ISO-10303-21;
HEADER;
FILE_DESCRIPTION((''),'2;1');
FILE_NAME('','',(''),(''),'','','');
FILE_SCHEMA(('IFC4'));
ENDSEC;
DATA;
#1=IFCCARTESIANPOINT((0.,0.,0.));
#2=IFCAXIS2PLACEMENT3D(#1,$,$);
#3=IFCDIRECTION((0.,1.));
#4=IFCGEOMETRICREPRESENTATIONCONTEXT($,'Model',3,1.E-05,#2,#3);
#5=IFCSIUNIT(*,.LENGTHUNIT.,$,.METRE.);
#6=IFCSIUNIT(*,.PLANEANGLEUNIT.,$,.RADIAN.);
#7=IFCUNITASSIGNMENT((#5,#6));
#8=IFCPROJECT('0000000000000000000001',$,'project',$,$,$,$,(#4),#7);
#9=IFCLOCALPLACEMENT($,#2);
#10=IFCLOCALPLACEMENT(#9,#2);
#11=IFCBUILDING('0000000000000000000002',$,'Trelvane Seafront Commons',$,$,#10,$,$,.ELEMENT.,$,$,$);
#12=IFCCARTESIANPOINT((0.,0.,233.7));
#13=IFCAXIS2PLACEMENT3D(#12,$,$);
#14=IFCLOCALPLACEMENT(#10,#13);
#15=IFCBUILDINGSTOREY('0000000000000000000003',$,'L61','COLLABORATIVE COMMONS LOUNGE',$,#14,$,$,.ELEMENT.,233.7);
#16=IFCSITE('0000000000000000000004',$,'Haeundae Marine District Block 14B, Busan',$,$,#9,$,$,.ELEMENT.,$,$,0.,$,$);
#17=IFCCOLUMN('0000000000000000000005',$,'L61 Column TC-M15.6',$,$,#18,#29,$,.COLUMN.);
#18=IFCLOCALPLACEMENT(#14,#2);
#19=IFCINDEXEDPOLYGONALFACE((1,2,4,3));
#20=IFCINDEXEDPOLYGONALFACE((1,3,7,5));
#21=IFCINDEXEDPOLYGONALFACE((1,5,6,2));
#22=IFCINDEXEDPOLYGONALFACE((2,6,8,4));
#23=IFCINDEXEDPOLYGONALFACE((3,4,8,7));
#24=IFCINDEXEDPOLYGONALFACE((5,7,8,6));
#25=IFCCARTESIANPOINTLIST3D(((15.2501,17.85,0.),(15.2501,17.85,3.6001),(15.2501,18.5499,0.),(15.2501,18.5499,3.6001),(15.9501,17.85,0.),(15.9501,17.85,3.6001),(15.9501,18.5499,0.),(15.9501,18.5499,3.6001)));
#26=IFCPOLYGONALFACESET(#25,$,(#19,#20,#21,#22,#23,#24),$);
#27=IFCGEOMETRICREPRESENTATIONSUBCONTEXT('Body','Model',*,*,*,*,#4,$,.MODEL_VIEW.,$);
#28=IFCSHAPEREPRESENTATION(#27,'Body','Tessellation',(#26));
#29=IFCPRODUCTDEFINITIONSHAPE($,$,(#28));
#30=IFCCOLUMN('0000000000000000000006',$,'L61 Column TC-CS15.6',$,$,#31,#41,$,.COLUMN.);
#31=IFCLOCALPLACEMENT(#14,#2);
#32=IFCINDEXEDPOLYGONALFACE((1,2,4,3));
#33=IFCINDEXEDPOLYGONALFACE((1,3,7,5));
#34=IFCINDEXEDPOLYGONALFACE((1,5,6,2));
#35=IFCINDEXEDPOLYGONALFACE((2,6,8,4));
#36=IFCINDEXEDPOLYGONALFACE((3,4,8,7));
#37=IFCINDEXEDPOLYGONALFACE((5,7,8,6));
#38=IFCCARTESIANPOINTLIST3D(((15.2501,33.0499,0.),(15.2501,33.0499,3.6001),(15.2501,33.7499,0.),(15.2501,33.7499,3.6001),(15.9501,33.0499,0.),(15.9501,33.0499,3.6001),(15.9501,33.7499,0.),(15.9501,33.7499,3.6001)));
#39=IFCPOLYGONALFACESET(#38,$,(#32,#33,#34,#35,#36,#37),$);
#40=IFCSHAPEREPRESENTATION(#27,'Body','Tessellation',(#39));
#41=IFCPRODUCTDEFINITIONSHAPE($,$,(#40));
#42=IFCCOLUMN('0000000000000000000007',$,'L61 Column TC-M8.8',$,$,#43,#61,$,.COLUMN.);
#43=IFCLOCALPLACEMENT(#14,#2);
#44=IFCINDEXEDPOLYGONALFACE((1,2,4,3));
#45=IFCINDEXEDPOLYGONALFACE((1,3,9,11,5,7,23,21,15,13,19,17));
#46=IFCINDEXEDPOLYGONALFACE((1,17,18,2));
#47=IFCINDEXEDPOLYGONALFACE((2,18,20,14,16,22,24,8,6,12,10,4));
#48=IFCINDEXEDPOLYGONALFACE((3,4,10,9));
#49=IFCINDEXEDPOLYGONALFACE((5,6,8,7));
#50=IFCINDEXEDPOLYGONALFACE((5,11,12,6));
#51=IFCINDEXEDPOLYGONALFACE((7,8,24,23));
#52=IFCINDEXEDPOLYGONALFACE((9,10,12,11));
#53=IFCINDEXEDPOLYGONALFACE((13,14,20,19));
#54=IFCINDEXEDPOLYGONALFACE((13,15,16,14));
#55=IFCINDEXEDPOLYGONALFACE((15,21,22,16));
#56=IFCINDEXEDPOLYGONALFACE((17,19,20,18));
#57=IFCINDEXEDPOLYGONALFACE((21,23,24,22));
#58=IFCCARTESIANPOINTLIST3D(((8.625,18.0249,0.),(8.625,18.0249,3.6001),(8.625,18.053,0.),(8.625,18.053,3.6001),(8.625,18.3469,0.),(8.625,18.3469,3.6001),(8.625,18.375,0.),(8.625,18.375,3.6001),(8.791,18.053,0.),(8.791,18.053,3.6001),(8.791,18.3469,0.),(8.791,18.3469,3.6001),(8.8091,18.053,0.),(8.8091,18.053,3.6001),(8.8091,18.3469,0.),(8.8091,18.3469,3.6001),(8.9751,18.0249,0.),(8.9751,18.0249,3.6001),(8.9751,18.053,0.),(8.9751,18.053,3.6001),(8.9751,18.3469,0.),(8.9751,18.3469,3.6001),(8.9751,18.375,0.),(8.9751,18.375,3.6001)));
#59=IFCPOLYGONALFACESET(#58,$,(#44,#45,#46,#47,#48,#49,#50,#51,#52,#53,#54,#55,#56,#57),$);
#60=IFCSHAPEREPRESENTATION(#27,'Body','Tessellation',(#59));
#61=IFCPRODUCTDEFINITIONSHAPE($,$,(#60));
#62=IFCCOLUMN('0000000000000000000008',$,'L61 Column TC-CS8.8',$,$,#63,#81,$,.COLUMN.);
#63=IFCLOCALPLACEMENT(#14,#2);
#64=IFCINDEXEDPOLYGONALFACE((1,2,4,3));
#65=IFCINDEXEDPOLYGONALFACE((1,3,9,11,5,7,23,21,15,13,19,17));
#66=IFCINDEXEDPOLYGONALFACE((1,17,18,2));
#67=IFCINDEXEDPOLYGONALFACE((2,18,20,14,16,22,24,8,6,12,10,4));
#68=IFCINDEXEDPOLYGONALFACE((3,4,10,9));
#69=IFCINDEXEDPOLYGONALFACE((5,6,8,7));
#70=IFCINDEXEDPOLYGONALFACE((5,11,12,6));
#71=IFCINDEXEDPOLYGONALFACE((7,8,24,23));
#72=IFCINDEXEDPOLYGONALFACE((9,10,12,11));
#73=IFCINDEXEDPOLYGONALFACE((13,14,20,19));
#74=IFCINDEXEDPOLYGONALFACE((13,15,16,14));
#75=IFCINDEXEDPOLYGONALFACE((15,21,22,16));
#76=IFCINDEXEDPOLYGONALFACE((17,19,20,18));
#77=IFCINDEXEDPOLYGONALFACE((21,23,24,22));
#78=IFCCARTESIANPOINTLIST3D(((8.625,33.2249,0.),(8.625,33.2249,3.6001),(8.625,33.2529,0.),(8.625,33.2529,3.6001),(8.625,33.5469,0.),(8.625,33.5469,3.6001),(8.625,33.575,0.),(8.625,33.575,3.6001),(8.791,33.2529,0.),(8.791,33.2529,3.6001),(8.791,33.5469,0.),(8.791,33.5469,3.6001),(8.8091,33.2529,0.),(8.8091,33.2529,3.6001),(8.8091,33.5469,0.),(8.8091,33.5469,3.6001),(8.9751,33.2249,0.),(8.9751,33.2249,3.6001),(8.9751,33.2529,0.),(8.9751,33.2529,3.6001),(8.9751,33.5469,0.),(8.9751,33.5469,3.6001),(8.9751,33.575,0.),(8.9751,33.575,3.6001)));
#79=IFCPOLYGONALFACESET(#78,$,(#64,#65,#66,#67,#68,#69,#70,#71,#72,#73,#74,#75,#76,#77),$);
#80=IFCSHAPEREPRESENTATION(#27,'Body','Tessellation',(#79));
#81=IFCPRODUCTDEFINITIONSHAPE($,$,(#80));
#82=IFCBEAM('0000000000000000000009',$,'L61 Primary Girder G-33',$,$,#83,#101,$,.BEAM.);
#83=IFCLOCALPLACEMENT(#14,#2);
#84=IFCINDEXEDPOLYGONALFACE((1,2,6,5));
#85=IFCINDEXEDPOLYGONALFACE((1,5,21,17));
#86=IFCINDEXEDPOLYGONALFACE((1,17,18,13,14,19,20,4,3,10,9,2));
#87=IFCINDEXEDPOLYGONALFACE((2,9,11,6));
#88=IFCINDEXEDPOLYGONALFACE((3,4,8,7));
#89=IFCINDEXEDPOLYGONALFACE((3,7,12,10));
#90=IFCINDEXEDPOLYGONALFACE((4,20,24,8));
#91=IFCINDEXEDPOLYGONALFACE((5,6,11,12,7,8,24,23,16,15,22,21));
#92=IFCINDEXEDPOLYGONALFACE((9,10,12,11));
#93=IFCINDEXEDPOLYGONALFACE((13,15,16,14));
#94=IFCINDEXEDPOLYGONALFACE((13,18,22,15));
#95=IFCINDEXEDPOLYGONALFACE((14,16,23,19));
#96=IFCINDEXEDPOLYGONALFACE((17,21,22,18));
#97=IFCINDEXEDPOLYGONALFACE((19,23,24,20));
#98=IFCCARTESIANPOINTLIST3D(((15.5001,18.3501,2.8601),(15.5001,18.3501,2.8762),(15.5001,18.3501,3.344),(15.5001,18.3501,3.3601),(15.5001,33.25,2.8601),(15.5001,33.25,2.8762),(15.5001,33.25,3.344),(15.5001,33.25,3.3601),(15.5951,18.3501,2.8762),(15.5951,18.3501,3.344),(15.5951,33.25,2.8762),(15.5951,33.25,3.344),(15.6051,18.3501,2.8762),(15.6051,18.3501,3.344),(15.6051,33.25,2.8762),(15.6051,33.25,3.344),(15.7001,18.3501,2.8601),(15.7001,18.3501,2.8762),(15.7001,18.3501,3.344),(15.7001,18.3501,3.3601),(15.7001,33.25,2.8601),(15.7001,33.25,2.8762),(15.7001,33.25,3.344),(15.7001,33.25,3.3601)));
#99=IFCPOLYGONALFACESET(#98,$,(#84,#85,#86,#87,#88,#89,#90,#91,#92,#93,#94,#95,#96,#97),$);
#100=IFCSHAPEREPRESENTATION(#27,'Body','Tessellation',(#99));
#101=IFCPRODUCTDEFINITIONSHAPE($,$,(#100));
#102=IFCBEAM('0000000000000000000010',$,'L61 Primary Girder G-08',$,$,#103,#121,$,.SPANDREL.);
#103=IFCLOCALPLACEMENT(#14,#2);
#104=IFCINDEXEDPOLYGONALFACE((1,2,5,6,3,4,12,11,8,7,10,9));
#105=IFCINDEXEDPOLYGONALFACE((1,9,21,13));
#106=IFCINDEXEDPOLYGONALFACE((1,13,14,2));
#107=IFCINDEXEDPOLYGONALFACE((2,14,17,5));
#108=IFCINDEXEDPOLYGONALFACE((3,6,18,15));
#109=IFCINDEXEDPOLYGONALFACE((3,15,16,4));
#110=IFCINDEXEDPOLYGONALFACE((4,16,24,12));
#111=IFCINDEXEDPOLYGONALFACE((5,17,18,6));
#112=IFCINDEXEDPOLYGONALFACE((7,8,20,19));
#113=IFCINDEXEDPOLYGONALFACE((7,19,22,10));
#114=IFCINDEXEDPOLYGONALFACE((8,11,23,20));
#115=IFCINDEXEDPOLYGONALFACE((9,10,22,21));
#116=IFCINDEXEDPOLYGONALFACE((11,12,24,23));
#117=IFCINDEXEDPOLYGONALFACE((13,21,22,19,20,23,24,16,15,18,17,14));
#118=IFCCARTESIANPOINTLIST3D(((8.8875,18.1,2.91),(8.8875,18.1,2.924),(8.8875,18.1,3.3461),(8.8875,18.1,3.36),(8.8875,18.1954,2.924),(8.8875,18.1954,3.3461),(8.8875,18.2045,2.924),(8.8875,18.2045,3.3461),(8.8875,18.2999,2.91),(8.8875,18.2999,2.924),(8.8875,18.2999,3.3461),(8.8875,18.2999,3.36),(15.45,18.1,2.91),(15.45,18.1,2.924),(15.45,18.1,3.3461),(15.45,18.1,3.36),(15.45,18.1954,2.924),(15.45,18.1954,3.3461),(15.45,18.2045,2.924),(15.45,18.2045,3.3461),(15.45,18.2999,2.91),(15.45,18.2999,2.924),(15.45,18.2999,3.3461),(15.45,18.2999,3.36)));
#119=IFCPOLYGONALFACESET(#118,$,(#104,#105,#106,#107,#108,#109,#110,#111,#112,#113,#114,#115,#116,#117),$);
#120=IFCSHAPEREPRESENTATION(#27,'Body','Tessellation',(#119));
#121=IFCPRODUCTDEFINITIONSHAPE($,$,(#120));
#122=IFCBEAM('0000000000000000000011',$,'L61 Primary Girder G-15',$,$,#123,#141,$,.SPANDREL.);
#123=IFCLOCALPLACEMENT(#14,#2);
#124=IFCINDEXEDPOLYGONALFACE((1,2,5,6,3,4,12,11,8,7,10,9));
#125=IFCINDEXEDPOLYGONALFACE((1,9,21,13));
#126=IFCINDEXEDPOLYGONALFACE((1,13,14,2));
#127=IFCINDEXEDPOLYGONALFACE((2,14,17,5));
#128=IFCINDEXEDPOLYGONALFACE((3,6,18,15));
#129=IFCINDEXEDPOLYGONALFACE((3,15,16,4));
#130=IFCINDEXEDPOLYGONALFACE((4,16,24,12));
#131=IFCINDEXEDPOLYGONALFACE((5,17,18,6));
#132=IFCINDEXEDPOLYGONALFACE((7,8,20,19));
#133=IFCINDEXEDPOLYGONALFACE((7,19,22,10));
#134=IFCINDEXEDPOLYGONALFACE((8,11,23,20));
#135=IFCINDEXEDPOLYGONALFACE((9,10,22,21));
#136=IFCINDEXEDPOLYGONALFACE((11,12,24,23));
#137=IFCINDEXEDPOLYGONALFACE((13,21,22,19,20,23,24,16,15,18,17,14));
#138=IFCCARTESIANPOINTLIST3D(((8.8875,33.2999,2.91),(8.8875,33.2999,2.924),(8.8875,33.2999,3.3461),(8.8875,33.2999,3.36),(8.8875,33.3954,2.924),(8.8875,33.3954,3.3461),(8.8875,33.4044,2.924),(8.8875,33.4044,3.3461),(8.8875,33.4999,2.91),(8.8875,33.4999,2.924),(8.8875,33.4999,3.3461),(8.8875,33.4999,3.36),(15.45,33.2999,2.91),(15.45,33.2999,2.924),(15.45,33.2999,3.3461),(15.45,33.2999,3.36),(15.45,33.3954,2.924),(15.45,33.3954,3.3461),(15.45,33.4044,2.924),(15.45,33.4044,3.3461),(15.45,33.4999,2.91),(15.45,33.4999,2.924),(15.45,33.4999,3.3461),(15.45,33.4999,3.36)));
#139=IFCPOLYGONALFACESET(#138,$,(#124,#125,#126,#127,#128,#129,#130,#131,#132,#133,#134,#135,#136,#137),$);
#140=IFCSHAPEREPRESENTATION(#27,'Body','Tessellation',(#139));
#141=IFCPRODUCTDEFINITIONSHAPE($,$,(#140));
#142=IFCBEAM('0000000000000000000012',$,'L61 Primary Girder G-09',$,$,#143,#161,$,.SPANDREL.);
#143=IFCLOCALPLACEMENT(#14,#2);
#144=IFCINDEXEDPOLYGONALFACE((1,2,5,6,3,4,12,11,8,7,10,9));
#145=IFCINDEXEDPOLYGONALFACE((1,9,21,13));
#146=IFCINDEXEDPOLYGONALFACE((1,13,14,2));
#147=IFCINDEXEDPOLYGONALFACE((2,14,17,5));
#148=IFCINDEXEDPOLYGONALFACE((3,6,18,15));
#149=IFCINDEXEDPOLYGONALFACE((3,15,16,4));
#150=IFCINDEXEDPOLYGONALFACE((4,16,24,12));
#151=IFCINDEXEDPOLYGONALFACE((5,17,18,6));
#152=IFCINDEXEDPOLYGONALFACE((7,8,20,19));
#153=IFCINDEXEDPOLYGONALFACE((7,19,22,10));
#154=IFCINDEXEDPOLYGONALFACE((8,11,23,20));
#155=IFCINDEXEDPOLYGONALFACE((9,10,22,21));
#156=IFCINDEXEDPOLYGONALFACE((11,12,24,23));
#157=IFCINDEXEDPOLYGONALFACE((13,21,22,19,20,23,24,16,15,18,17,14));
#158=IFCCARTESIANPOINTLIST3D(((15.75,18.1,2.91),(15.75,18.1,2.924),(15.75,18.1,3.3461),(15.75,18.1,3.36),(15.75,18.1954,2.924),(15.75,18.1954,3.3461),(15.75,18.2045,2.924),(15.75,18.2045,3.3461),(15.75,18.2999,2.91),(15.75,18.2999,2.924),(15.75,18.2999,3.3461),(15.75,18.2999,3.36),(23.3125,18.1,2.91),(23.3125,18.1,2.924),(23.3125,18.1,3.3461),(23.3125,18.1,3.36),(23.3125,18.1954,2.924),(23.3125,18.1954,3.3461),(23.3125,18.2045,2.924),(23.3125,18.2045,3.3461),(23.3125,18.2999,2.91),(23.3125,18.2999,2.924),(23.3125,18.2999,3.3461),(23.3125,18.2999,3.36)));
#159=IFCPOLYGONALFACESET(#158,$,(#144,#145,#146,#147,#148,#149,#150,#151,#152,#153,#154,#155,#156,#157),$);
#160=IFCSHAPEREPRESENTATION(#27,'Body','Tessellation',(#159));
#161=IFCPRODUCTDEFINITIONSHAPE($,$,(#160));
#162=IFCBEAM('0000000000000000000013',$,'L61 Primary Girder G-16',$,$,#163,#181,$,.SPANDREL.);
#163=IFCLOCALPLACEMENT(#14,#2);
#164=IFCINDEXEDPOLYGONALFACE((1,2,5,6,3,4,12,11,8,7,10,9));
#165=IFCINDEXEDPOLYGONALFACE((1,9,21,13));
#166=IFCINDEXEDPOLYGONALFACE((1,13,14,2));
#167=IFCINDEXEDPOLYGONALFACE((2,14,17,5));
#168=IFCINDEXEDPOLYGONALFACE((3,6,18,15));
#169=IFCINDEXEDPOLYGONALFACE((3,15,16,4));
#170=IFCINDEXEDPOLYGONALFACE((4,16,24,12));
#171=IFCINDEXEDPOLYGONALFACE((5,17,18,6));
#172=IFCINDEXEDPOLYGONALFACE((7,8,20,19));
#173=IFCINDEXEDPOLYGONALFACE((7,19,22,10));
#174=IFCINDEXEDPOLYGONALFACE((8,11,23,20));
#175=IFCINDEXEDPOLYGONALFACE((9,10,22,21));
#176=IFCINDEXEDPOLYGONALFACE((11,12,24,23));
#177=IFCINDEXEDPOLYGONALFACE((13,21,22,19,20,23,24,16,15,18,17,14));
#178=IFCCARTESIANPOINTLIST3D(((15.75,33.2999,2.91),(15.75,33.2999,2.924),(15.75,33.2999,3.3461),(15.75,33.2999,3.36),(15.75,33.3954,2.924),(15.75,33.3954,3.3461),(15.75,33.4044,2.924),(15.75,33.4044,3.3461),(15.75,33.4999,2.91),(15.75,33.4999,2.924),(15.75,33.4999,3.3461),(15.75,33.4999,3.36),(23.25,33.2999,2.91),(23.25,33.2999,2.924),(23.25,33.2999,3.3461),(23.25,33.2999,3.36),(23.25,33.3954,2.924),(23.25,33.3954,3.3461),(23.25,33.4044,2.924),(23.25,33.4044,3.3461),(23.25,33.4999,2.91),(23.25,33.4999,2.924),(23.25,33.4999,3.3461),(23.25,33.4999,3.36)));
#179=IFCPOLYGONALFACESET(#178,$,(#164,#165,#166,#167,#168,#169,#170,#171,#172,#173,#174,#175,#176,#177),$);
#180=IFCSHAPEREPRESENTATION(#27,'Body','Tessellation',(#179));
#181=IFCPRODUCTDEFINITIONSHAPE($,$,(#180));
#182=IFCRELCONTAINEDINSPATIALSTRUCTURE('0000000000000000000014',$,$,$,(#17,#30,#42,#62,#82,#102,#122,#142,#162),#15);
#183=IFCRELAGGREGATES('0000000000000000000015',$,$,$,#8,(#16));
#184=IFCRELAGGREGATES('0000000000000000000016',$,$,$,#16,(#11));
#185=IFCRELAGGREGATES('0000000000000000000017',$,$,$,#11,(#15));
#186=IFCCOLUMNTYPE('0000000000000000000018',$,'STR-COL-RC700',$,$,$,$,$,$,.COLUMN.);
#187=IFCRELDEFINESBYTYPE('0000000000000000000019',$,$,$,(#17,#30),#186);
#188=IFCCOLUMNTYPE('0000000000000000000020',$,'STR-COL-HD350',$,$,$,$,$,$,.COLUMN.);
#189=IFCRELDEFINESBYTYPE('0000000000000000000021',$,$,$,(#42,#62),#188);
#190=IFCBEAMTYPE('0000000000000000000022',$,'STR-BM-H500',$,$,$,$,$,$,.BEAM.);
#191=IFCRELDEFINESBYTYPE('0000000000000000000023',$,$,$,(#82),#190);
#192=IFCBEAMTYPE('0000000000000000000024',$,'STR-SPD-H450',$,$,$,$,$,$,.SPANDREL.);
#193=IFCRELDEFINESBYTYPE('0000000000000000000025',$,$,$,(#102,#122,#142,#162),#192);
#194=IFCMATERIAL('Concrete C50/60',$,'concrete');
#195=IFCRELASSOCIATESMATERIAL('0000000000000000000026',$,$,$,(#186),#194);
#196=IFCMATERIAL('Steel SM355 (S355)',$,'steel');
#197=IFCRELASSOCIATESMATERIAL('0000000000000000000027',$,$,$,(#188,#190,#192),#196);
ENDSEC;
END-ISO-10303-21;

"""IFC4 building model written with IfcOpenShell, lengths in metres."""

from ifc_helpers import new_model, si_unit, direction, frame, origin, origin_2d, place, context, subcontext, project, spatial, rectangle, i_section, extrude, source, transform, mapped, material, material_profile, profile_set, type_object, element, save


model = new_model("IFC4")

# Units and contexts
model_context = context("Model", 3, precision=1e-05, world=origin(), true_north=direction((0.0, 1.0)))
body_context = subcontext(model_context, "Body", "Model", "MODEL_VIEW")
ifc_project = project(units=[si_unit("LENGTHUNIT", "METRE"), si_unit("PLANEANGLEUNIT", "RADIAN")], contexts=[model_context])

# Site, building, storey
site_placement = place(None, origin())
site = spatial("IfcSite", under=ifc_project, at=site_placement, Name="Haeundae Marine District Block 14B, Busan", CompositionType="ELEMENT", RefElevation=0.0)
building_placement = place(site_placement, origin())
building = spatial("IfcBuilding", under=site, at=building_placement, Name="Trelvane Seafront Commons", CompositionType="ELEMENT")
storey_placement = place(building_placement, frame((0.0, 0.0, 233.7)))
storey = spatial("IfcBuildingStorey", under=building, at=storey_placement, Name="L61", Description="COLLABORATIVE COMMONS LOUNGE", CompositionType="ELEMENT", Elevation=233.7)

# Columns
ifc_material_1 = material(Name="Concrete C50/60", Category="concrete")
ifc_material_profile_1 = material_profile(ifc_material_1, rectangle(XDim=0.7, YDim=0.7, at=origin_2d()), Name="RC-700x700")
ifc_profile_set_1 = profile_set([ifc_material_profile_1], Name="Concrete C50/60")
column_type_1 = type_object("IfcColumnType", Name="STR-COL-RC700", PredefinedType="COLUMN", material=ifc_profile_set_1)
shared_shape_1 = source(origin(), body_context, "Body", "SweptSolid", [
    extrude(rectangle(XDim=0.7, YDim=0.7, at=origin_2d()), origin(), (0.0, 0.0, 1.0), 3.6001),
])
for number, where, z_axis, x_axis, name in (
    (1, (15.6001, 18.2, 0.0), (0.0, 0.0, 1.0), (1.0, 0.0, 0.0), "L61 Column TC-M15.6"),
    (2, (15.6001, 33.3999, 0.0), (0.0, 0.0, 1.0), (1.0, 0.0, 0.0), "L61 Column TC-CS15.6"),
):
    element("IfcColumn", number, at=place(storey_placement, frame(where, z_axis=z_axis, x_axis=x_axis)), inside=storey, type_object=column_type_1, Name=name, PredefinedType="COLUMN", context=body_context, shape_type="MappedRepresentation", body=[
        mapped(shared_shape_1, transform((0.0, 0.0, 0.0), x_axis=(1.0, 0.0, 0.0), y_axis=(0.0, 1.0, 0.0), z_axis=(0.0, 0.0, 1.0), scale=1.0)),
    ])
ifc_material_2 = material(Name="Steel SM355 (S355)", Category="steel")
ifc_material_profile_2 = material_profile(ifc_material_2, i_section(OverallWidth=0.3501, OverallDepth=0.3501, WebThickness=0.0181, FlangeThickness=0.0281, at=origin_2d()), Name="HD-350x350x18x28")
ifc_profile_set_2 = profile_set([ifc_material_profile_2], Name="Steel SM355 (S355)")
column_type_2 = type_object("IfcColumnType", Name="STR-COL-HD350", PredefinedType="COLUMN", material=ifc_profile_set_2)
shared_shape_2 = source(origin(), body_context, "Body", "SweptSolid", [
    extrude(i_section(OverallWidth=0.3501, OverallDepth=0.3501, WebThickness=0.0181, FlangeThickness=0.0281, at=origin_2d()), origin(), (0.0, 0.0, 1.0), 3.6001),
])
for number, where, z_axis, x_axis, name in (
    (3, (8.8, 18.2, 0.0), (0.0, 0.0, 1.0), (1.0, 0.0, 0.0), "L61 Column TC-M8.8"),
    (4, (8.8, 33.3999, 0.0), (0.0, 0.0, 1.0), (1.0, 0.0, 0.0), "L61 Column TC-CS8.8"),
):
    element("IfcColumn", number, at=place(storey_placement, frame(where, z_axis=z_axis, x_axis=x_axis)), inside=storey, type_object=column_type_2, Name=name, PredefinedType="COLUMN", context=body_context, shape_type="MappedRepresentation", body=[
        mapped(shared_shape_2, transform((0.0, 0.0, 0.0), x_axis=(1.0, 0.0, 0.0), y_axis=(0.0, 1.0, 0.0), z_axis=(0.0, 0.0, 1.0), scale=1.0)),
    ])

# Beams
ifc_material_profile_3 = material_profile(ifc_material_2, i_section(OverallWidth=0.2, OverallDepth=0.5, WebThickness=0.01, FlangeThickness=0.0161, at=origin_2d()), Name="H-500x200x10x16")
ifc_profile_set_3 = profile_set([ifc_material_profile_3], Name="Steel SM355 (S355)")
beam_type_1 = type_object("IfcBeamType", Name="STR-BM-H500", PredefinedType="BEAM", material=ifc_profile_set_3)
shared_shape_3 = source(origin(), body_context, "Body", "SweptSolid", [
    extrude(i_section(OverallWidth=0.2, OverallDepth=0.5, WebThickness=0.01, FlangeThickness=0.0161, at=origin_2d()), origin(), (0.0, 0.0, 1.0), 14.8999),
])
beam_1_placement = place(storey_placement, frame((15.6001, 18.3501, 3.1101), z_axis=(0.0, 1.0, 0.0), x_axis=(-1.0, 0.0, 0.0)))
element("IfcBeam", 5, at=beam_1_placement, inside=storey, type_object=beam_type_1, Name="L61 Primary Girder G-33", PredefinedType="BEAM", context=body_context, shape_type="MappedRepresentation", body=[
    mapped(shared_shape_3, transform((0.0, 0.0, 0.0), x_axis=(1.0, 0.0, 0.0), y_axis=(0.0, 1.0, 0.0), z_axis=(0.0, 0.0, 1.0), scale=1.0)),
])
ifc_material_profile_4 = material_profile(ifc_material_2, i_section(OverallWidth=0.2, OverallDepth=0.45, WebThickness=0.009, FlangeThickness=0.0139, at=origin_2d()), Name="H-450x200x9x14")
ifc_profile_set_4 = profile_set([ifc_material_profile_4], Name="Steel SM355 (S355)")
beam_type_2 = type_object("IfcBeamType", Name="STR-SPD-H450", PredefinedType="SPANDREL", material=ifc_profile_set_4)
shared_shape_4 = source(origin(), body_context, "Body", "SweptSolid", [
    extrude(i_section(OverallWidth=0.2, OverallDepth=0.45, WebThickness=0.009, FlangeThickness=0.0139, at=origin_2d()), origin(), (0.0, 0.0, 1.0), 6.5625),
])
for number, where, z_axis, x_axis, name in (
    (6, (8.8875, 18.2, 3.135), (1.0, 0.0, 0.0), (0.0, 1.0, 0.0), "L61 Primary Girder G-08"),
    (7, (8.8875, 33.3999, 3.135), (1.0, 0.0, 0.0), (0.0, 1.0, 0.0), "L61 Primary Girder G-15"),
):
    element("IfcBeam", number, at=place(storey_placement, frame(where, z_axis=z_axis, x_axis=x_axis)), inside=storey, type_object=beam_type_2, Name=name, PredefinedType="SPANDREL", context=body_context, shape_type="MappedRepresentation", body=[
        mapped(shared_shape_4, transform((0.0, 0.0, 0.0), x_axis=(1.0, 0.0, 0.0), y_axis=(0.0, 1.0, 0.0), z_axis=(0.0, 0.0, 1.0), scale=1.0)),
    ])
shared_shape_5 = source(origin(), body_context, "Body", "SweptSolid", [
    extrude(i_section(OverallWidth=0.2, OverallDepth=0.45, WebThickness=0.009, FlangeThickness=0.0139, at=origin_2d()), origin(), (0.0, 0.0, 1.0), 7.5625),
])
beam_2_placement = place(storey_placement, frame((15.75, 18.2, 3.135), z_axis=(1.0, 0.0, 0.0), x_axis=(0.0, 1.0, 0.0)))
element("IfcBeam", 8, at=beam_2_placement, inside=storey, type_object=beam_type_2, Name="L61 Primary Girder G-09", PredefinedType="SPANDREL", context=body_context, shape_type="MappedRepresentation", body=[
    mapped(shared_shape_5, transform((0.0, 0.0, 0.0), x_axis=(1.0, 0.0, 0.0), y_axis=(0.0, 1.0, 0.0), z_axis=(0.0, 0.0, 1.0), scale=1.0)),
])
shared_shape_6 = source(origin(), body_context, "Body", "SweptSolid", [
    extrude(i_section(OverallWidth=0.2, OverallDepth=0.45, WebThickness=0.009, FlangeThickness=0.0139, at=origin_2d()), origin(), (0.0, 0.0, 1.0), 7.5),
])
beam_3_placement = place(storey_placement, frame((15.75, 33.3999, 3.135), z_axis=(1.0, 0.0, 0.0), x_axis=(0.0, 1.0, 0.0)))
element("IfcBeam", 9, at=beam_3_placement, inside=storey, type_object=beam_type_2, Name="L61 Primary Girder G-16", PredefinedType="SPANDREL", context=body_context, shape_type="MappedRepresentation", body=[
    mapped(shared_shape_6, transform((0.0, 0.0, 0.0), x_axis=(1.0, 0.0, 0.0), y_axis=(0.0, 1.0, 0.0), z_axis=(0.0, 0.0, 1.0), scale=1.0)),
])

save(model, "model.ifc")
